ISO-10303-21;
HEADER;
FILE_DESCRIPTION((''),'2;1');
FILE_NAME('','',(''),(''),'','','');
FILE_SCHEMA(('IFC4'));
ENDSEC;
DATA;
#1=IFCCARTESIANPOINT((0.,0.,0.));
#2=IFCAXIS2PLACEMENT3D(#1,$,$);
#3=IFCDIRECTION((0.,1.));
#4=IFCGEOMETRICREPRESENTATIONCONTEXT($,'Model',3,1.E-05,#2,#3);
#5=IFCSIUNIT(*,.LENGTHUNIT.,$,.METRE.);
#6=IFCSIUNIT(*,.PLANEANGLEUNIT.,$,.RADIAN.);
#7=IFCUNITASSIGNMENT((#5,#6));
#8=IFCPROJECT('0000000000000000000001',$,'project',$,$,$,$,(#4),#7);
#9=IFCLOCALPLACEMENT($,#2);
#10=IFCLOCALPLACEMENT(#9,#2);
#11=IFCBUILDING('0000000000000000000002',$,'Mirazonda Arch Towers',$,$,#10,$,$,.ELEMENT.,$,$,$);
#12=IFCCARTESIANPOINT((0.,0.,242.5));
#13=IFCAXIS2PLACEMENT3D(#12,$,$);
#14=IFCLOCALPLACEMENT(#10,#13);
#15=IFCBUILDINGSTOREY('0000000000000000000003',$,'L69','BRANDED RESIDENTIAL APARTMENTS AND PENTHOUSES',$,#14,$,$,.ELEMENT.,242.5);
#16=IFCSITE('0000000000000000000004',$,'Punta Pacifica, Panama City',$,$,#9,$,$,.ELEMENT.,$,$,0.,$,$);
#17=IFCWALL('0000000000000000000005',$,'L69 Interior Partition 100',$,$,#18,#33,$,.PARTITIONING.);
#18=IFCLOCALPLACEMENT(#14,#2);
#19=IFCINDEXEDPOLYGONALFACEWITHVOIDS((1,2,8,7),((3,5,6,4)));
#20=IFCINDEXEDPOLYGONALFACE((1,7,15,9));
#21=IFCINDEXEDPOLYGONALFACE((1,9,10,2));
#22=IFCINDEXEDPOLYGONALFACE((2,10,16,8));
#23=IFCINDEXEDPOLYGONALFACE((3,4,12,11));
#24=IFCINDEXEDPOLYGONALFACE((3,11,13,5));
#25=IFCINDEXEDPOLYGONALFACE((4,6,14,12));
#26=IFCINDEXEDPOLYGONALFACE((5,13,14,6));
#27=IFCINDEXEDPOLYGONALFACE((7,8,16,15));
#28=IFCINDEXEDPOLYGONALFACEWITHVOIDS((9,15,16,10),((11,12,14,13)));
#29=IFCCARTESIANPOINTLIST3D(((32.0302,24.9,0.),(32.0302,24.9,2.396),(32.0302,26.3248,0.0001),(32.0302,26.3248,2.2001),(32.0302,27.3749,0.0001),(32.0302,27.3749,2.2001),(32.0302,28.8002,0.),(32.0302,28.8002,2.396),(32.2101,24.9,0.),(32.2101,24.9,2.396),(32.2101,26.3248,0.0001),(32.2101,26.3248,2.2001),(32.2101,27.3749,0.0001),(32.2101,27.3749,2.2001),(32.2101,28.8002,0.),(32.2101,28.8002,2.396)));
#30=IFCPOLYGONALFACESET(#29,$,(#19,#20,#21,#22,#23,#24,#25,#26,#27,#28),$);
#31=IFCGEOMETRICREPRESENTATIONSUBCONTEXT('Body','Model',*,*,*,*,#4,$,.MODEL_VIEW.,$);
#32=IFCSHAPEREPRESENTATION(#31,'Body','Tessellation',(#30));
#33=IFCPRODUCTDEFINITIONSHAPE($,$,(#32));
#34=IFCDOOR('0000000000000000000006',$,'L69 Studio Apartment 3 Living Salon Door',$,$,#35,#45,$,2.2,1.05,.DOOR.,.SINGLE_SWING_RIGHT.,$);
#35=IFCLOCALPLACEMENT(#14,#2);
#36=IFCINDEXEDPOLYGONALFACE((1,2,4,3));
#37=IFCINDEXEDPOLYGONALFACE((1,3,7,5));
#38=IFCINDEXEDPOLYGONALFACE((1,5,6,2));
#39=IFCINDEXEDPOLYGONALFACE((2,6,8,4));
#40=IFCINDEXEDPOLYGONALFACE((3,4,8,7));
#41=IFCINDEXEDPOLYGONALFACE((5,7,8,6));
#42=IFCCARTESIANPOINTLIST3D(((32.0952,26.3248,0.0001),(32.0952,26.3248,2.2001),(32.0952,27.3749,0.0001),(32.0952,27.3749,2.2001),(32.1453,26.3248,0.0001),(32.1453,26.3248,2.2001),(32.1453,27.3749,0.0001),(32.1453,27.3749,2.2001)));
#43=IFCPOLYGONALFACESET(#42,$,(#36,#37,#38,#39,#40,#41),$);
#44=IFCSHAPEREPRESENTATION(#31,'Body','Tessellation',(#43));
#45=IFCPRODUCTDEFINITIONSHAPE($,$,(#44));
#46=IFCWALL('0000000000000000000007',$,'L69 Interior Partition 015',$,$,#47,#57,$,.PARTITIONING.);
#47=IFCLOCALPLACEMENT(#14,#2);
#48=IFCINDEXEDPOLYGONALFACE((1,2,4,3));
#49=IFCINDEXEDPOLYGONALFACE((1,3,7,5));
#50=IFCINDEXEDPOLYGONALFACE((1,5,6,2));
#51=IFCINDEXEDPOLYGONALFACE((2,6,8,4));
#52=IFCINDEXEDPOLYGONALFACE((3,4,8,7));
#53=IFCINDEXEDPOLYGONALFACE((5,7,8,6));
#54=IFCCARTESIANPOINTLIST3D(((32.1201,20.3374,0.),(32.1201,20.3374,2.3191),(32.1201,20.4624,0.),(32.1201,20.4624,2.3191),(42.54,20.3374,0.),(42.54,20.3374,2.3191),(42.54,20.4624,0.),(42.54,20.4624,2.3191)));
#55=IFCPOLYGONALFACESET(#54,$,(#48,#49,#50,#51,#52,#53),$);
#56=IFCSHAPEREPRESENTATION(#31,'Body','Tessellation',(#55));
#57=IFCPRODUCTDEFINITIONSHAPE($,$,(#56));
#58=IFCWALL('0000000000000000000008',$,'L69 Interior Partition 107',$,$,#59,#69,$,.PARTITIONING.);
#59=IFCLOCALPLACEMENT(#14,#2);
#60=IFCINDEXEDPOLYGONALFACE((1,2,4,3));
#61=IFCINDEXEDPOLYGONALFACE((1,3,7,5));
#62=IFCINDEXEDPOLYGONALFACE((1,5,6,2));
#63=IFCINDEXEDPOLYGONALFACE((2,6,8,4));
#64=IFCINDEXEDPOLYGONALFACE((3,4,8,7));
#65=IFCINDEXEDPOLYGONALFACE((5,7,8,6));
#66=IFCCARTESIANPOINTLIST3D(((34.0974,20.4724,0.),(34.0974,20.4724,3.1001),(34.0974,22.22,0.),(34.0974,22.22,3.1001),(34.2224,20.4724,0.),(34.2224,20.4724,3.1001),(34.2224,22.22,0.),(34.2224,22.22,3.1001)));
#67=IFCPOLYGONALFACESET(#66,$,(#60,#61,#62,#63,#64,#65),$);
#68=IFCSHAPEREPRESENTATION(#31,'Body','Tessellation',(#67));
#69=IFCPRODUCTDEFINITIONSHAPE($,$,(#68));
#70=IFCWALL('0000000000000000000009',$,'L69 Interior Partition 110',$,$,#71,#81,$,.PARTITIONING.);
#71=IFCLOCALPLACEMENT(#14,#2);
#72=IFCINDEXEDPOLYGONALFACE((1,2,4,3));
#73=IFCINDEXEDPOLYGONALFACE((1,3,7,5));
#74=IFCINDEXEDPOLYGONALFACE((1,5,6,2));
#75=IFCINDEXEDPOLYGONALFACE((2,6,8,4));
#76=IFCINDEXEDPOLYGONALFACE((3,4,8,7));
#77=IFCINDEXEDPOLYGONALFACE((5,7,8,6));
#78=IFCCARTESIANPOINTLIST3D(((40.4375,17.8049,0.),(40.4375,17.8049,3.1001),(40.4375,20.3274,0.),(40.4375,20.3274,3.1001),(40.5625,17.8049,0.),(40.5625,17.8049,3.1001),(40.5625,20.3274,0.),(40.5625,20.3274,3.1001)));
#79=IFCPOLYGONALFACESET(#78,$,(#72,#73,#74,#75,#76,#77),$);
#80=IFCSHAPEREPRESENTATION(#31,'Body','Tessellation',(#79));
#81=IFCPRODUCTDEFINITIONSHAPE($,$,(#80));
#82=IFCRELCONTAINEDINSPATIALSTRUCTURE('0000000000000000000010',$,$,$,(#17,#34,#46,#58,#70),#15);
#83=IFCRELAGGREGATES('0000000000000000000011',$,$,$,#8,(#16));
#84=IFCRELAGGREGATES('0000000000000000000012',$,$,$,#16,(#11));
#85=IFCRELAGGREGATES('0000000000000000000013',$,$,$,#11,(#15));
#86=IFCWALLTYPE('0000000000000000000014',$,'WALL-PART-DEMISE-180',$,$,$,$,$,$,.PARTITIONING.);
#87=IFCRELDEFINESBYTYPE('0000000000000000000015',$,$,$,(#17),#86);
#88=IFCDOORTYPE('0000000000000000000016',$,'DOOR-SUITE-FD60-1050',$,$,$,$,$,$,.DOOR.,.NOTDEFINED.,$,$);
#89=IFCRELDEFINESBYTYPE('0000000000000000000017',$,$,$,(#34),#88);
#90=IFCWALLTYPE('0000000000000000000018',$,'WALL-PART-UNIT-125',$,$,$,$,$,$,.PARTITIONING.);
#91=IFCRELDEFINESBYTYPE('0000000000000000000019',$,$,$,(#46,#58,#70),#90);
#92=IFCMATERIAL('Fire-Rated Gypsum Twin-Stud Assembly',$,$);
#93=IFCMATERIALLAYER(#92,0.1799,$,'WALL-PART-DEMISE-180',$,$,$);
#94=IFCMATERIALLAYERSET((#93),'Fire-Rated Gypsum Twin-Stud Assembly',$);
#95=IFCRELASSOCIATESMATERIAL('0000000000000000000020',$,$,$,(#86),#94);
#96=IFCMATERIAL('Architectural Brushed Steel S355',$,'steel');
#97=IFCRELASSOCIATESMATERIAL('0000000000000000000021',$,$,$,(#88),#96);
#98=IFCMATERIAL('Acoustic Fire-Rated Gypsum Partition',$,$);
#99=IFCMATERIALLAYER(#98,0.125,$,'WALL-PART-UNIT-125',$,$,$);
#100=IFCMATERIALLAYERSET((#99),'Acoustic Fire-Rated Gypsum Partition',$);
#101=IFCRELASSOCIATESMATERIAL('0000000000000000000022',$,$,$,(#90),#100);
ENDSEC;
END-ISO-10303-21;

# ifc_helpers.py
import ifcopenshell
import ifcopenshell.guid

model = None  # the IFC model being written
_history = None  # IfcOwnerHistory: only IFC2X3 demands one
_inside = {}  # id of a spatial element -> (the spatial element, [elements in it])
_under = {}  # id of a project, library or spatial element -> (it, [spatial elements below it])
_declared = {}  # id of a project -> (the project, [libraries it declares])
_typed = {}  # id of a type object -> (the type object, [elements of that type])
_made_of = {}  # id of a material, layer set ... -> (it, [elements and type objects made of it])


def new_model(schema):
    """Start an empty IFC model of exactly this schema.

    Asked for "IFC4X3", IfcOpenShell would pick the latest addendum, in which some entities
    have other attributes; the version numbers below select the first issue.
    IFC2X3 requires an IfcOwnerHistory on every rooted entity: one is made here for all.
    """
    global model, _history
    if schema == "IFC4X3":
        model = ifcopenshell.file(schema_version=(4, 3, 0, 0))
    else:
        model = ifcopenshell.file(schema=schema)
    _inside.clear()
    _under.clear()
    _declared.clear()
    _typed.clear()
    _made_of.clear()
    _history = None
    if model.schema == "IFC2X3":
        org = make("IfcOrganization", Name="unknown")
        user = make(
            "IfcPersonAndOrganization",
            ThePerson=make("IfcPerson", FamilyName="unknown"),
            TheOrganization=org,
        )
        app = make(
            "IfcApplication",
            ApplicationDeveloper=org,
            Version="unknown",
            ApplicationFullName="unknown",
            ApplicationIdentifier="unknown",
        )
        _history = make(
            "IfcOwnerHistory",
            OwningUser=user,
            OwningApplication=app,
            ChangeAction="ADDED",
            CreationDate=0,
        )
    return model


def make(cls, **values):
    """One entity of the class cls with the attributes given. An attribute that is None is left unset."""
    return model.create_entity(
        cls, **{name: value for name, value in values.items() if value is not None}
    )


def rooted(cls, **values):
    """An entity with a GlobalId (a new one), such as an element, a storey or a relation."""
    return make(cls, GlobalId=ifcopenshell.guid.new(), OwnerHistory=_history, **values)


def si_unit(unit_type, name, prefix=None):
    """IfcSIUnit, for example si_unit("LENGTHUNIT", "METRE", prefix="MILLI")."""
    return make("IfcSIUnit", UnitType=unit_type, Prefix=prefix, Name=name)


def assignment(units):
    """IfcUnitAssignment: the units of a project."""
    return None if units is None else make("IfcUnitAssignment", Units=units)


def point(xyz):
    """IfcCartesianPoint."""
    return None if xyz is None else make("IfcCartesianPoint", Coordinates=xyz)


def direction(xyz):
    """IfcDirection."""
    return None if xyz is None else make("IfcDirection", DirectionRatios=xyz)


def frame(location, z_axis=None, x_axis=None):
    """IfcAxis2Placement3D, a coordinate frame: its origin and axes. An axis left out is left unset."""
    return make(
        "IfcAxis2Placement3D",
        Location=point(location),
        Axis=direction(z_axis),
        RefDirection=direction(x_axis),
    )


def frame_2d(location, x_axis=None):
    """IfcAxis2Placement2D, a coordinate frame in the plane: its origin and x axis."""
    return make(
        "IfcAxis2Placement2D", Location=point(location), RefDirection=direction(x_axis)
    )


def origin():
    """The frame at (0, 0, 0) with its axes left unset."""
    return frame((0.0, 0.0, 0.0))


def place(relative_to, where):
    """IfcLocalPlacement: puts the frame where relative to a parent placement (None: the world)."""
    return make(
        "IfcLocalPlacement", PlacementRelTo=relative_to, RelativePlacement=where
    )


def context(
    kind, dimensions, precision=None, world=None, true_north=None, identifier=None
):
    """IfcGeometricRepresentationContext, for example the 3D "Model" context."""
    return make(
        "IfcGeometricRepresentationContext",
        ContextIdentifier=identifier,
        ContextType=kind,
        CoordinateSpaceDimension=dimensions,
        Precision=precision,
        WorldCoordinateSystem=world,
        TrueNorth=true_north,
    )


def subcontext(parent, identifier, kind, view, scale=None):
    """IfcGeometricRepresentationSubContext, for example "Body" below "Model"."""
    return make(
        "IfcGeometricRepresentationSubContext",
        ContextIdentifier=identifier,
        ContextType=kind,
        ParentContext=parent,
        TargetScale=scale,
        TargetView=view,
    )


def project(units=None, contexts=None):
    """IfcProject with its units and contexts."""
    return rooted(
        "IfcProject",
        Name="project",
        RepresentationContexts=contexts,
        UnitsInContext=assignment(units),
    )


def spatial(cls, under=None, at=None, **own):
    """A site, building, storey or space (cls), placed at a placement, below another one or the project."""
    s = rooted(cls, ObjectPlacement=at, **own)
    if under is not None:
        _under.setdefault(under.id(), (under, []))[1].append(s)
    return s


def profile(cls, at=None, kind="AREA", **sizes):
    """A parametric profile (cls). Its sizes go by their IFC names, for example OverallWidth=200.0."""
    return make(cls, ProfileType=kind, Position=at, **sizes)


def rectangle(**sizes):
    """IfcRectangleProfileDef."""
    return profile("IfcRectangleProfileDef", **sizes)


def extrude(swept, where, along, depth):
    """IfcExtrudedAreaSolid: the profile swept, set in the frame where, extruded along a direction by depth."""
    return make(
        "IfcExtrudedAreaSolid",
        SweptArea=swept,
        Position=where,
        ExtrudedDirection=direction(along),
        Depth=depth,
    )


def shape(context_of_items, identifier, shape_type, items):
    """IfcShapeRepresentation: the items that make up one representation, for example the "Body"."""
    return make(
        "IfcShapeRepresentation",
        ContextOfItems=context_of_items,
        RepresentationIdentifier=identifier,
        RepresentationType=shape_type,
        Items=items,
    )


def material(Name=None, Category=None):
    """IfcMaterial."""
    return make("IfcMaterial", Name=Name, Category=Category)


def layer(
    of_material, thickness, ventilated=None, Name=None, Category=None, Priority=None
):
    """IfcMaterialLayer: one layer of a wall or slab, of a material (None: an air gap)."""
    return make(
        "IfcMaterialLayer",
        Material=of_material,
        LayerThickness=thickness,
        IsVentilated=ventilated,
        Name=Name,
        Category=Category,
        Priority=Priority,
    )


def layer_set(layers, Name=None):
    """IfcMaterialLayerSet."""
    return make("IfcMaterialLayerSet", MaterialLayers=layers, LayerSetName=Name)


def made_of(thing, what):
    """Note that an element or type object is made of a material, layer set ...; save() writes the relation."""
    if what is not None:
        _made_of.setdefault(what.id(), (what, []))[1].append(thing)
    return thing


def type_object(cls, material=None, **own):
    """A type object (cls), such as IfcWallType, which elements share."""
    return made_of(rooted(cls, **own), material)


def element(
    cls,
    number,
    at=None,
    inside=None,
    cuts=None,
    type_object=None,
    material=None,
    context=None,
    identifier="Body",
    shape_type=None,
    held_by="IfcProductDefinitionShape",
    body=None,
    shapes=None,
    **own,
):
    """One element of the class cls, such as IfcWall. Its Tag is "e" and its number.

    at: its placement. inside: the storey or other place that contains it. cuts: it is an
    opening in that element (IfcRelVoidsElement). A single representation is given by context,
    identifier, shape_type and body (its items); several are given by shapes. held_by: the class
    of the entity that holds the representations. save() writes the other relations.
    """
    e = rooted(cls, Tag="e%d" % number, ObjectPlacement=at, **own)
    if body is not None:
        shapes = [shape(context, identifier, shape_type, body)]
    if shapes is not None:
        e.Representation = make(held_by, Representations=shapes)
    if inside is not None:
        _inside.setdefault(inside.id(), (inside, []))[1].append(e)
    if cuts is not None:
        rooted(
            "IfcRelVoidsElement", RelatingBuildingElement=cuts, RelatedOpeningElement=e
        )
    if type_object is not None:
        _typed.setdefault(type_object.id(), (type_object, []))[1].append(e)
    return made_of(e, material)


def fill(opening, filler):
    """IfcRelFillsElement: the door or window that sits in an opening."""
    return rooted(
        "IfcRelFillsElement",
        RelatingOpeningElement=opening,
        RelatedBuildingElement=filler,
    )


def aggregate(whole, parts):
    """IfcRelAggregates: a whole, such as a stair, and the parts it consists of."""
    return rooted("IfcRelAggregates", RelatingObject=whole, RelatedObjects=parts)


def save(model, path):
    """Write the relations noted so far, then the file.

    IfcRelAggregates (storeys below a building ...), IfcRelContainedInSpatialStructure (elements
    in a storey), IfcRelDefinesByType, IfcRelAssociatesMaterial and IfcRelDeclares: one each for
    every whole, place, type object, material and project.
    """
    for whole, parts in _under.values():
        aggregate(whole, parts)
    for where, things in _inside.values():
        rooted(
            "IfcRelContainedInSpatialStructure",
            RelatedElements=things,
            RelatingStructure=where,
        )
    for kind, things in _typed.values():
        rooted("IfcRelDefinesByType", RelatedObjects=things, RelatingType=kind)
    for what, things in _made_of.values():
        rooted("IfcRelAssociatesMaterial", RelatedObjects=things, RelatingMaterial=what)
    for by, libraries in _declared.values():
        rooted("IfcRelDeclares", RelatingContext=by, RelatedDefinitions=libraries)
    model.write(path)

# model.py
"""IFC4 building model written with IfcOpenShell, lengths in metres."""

from ifc_helpers import new_model, si_unit, direction, frame, frame_2d, origin, place, context, subcontext, project, spatial, rectangle, extrude, material, layer, layer_set, type_object, element, fill, save


model = new_model("IFC4")

# Units and contexts
model_context = context("Model", 3, precision=1e-05, world=origin(), true_north=direction((0.0, 1.0)))
body_context = subcontext(model_context, "Body", "Model", "MODEL_VIEW")
ifc_project = project(units=[si_unit("LENGTHUNIT", "METRE"), si_unit("PLANEANGLEUNIT", "RADIAN")], contexts=[model_context])

# Site, building, storey
site_placement = place(None, origin())
site = spatial("IfcSite", under=ifc_project, at=site_placement, Name="Punta Pacifica, Panama City", CompositionType="ELEMENT", RefElevation=0.0)
building_placement = place(site_placement, origin())
building = spatial("IfcBuilding", under=site, at=building_placement, Name="Mirazonda Arch Towers", CompositionType="ELEMENT")
storey_placement = place(building_placement, frame((0.0, 0.0, 242.5)))
storey = spatial("IfcBuildingStorey", under=building, at=storey_placement, Name="L69", Description="BRANDED RESIDENTIAL APARTMENTS AND PENTHOUSES", CompositionType="ELEMENT", Elevation=242.5)

# Shared definitions
ifc_material_1 = material(Name="Fire-Rated Gypsum Twin-Stud Assembly")
ifc_layer_1 = layer(ifc_material_1, 0.1799, Name="WALL-PART-DEMISE-180")
ifc_layer_set_1 = layer_set([ifc_layer_1], Name="Fire-Rated Gypsum Twin-Stud Assembly")
wall_type_1 = type_object("IfcWallType", Name="WALL-PART-DEMISE-180", PredefinedType="PARTITIONING", material=ifc_layer_set_1)
ifc_material_2 = material(Name="Architectural Brushed Steel S355", Category="steel")

# Wall, opening, door
door_type_1 = type_object("IfcDoorType", Name="DOOR-SUITE-FD60-1050", OperationType="NOTDEFINED", PredefinedType="DOOR", material=ifc_material_2)
wall_1_placement = place(storey_placement, frame((32.1201, 24.8999, 0.0), z_axis=(0.0, 0.0, 1.0), x_axis=(0.0, 1.0, 0.0)))
wall_1 = element("IfcWall", 1, at=wall_1_placement, inside=storey, type_object=wall_type_1, Name="L69 Interior Partition 100", PredefinedType="PARTITIONING", context=body_context, shape_type="SweptSolid", body=[
    extrude(rectangle(XDim=3.9001, YDim=0.1799, at=frame_2d((1.9502, 0.0))), origin(), (0.0, 0.0, 1.0), 2.396),
])
opening_1_placement = place(wall_1_placement, frame((1.425, 0.0, 0.0)))
opening_1 = element("IfcOpeningElement", 2, at=opening_1_placement, cuts=wall_1, PredefinedType="OPENING", context=body_context, shape_type="SweptSolid", body=[
    extrude(rectangle(XDim=1.05, YDim=2.2, at=frame_2d((0.5249, 1.1001))), frame((0.0, 0.0999, 0.0), z_axis=(0.0, -1.0, 0.0), x_axis=(1.0, 0.0, 0.0)), (0.0, 0.0, 1.0), 0.2),
])
door_1_placement = place(opening_1_placement, origin())
door_1 = element("IfcDoor", 3, at=door_1_placement, inside=storey, type_object=door_type_1, Name="L69 Studio Apartment 3 Living Salon Door", OperationType="SINGLE_SWING_RIGHT", OverallHeight=2.2, OverallWidth=1.05, PredefinedType="DOOR", context=body_context, shape_type="SweptSolid", body=[
    extrude(rectangle(XDim=1.05, YDim=2.2, at=frame_2d((0.5249, 1.1001))), frame((0.0, 0.0249, 0.0), z_axis=(0.0, -1.0, 0.0), x_axis=(1.0, 0.0, 0.0)), (0.0, 0.0, 1.0), 0.05),
])
fill(opening_1, door_1)

# Walls
ifc_material_3 = material(Name="Acoustic Fire-Rated Gypsum Partition")
ifc_layer_2 = layer(ifc_material_3, 0.125, Name="WALL-PART-UNIT-125")
ifc_layer_set_2 = layer_set([ifc_layer_2], Name="Acoustic Fire-Rated Gypsum Partition")
wall_type_2 = type_object("IfcWallType", Name="WALL-PART-UNIT-125", PredefinedType="PARTITIONING", material=ifc_layer_set_2)
wall_2_placement = place(storey_placement, frame((32.1201, 20.3999, 0.0), z_axis=(0.0, 0.0, 1.0), x_axis=(1.0, 0.0, 0.0)))
element("IfcWall", 4, at=wall_2_placement, inside=storey, type_object=wall_type_2, Name="L69 Interior Partition 015", PredefinedType="PARTITIONING", context=body_context, shape_type="SweptSolid", body=[
    extrude(rectangle(XDim=10.4199, YDim=0.125, at=frame_2d((5.21, 0.0))), origin(), (0.0, 0.0, 1.0), 2.3191),
])
wall_3_placement = place(storey_placement, frame((34.1599, 20.4724, 0.0), z_axis=(0.0, 0.0, 1.0), x_axis=(0.0, 1.0, 0.0)))
element("IfcWall", 5, at=wall_3_placement, inside=storey, type_object=wall_type_2, Name="L69 Interior Partition 107", PredefinedType="PARTITIONING", context=body_context, shape_type="SweptSolid", body=[
    extrude(rectangle(XDim=1.7476, YDim=0.125, at=frame_2d((0.8738, 0.0))), origin(), (0.0, 0.0, 1.0), 3.1001),
])
wall_4_placement = place(storey_placement, frame((40.5, 17.8049, 0.0), z_axis=(0.0, 0.0, 1.0), x_axis=(0.0, 1.0, 0.0)))
element("IfcWall", 6, at=wall_4_placement, inside=storey, type_object=wall_type_2, Name="L69 Interior Partition 110", PredefinedType="PARTITIONING", context=body_context, shape_type="SweptSolid", body=[
    extrude(rectangle(XDim=2.5225, YDim=0.125, at=frame_2d((1.2612, 0.0))), origin(), (0.0, 0.0, 1.0), 3.1001),
])

save(model, "model.ifc")
